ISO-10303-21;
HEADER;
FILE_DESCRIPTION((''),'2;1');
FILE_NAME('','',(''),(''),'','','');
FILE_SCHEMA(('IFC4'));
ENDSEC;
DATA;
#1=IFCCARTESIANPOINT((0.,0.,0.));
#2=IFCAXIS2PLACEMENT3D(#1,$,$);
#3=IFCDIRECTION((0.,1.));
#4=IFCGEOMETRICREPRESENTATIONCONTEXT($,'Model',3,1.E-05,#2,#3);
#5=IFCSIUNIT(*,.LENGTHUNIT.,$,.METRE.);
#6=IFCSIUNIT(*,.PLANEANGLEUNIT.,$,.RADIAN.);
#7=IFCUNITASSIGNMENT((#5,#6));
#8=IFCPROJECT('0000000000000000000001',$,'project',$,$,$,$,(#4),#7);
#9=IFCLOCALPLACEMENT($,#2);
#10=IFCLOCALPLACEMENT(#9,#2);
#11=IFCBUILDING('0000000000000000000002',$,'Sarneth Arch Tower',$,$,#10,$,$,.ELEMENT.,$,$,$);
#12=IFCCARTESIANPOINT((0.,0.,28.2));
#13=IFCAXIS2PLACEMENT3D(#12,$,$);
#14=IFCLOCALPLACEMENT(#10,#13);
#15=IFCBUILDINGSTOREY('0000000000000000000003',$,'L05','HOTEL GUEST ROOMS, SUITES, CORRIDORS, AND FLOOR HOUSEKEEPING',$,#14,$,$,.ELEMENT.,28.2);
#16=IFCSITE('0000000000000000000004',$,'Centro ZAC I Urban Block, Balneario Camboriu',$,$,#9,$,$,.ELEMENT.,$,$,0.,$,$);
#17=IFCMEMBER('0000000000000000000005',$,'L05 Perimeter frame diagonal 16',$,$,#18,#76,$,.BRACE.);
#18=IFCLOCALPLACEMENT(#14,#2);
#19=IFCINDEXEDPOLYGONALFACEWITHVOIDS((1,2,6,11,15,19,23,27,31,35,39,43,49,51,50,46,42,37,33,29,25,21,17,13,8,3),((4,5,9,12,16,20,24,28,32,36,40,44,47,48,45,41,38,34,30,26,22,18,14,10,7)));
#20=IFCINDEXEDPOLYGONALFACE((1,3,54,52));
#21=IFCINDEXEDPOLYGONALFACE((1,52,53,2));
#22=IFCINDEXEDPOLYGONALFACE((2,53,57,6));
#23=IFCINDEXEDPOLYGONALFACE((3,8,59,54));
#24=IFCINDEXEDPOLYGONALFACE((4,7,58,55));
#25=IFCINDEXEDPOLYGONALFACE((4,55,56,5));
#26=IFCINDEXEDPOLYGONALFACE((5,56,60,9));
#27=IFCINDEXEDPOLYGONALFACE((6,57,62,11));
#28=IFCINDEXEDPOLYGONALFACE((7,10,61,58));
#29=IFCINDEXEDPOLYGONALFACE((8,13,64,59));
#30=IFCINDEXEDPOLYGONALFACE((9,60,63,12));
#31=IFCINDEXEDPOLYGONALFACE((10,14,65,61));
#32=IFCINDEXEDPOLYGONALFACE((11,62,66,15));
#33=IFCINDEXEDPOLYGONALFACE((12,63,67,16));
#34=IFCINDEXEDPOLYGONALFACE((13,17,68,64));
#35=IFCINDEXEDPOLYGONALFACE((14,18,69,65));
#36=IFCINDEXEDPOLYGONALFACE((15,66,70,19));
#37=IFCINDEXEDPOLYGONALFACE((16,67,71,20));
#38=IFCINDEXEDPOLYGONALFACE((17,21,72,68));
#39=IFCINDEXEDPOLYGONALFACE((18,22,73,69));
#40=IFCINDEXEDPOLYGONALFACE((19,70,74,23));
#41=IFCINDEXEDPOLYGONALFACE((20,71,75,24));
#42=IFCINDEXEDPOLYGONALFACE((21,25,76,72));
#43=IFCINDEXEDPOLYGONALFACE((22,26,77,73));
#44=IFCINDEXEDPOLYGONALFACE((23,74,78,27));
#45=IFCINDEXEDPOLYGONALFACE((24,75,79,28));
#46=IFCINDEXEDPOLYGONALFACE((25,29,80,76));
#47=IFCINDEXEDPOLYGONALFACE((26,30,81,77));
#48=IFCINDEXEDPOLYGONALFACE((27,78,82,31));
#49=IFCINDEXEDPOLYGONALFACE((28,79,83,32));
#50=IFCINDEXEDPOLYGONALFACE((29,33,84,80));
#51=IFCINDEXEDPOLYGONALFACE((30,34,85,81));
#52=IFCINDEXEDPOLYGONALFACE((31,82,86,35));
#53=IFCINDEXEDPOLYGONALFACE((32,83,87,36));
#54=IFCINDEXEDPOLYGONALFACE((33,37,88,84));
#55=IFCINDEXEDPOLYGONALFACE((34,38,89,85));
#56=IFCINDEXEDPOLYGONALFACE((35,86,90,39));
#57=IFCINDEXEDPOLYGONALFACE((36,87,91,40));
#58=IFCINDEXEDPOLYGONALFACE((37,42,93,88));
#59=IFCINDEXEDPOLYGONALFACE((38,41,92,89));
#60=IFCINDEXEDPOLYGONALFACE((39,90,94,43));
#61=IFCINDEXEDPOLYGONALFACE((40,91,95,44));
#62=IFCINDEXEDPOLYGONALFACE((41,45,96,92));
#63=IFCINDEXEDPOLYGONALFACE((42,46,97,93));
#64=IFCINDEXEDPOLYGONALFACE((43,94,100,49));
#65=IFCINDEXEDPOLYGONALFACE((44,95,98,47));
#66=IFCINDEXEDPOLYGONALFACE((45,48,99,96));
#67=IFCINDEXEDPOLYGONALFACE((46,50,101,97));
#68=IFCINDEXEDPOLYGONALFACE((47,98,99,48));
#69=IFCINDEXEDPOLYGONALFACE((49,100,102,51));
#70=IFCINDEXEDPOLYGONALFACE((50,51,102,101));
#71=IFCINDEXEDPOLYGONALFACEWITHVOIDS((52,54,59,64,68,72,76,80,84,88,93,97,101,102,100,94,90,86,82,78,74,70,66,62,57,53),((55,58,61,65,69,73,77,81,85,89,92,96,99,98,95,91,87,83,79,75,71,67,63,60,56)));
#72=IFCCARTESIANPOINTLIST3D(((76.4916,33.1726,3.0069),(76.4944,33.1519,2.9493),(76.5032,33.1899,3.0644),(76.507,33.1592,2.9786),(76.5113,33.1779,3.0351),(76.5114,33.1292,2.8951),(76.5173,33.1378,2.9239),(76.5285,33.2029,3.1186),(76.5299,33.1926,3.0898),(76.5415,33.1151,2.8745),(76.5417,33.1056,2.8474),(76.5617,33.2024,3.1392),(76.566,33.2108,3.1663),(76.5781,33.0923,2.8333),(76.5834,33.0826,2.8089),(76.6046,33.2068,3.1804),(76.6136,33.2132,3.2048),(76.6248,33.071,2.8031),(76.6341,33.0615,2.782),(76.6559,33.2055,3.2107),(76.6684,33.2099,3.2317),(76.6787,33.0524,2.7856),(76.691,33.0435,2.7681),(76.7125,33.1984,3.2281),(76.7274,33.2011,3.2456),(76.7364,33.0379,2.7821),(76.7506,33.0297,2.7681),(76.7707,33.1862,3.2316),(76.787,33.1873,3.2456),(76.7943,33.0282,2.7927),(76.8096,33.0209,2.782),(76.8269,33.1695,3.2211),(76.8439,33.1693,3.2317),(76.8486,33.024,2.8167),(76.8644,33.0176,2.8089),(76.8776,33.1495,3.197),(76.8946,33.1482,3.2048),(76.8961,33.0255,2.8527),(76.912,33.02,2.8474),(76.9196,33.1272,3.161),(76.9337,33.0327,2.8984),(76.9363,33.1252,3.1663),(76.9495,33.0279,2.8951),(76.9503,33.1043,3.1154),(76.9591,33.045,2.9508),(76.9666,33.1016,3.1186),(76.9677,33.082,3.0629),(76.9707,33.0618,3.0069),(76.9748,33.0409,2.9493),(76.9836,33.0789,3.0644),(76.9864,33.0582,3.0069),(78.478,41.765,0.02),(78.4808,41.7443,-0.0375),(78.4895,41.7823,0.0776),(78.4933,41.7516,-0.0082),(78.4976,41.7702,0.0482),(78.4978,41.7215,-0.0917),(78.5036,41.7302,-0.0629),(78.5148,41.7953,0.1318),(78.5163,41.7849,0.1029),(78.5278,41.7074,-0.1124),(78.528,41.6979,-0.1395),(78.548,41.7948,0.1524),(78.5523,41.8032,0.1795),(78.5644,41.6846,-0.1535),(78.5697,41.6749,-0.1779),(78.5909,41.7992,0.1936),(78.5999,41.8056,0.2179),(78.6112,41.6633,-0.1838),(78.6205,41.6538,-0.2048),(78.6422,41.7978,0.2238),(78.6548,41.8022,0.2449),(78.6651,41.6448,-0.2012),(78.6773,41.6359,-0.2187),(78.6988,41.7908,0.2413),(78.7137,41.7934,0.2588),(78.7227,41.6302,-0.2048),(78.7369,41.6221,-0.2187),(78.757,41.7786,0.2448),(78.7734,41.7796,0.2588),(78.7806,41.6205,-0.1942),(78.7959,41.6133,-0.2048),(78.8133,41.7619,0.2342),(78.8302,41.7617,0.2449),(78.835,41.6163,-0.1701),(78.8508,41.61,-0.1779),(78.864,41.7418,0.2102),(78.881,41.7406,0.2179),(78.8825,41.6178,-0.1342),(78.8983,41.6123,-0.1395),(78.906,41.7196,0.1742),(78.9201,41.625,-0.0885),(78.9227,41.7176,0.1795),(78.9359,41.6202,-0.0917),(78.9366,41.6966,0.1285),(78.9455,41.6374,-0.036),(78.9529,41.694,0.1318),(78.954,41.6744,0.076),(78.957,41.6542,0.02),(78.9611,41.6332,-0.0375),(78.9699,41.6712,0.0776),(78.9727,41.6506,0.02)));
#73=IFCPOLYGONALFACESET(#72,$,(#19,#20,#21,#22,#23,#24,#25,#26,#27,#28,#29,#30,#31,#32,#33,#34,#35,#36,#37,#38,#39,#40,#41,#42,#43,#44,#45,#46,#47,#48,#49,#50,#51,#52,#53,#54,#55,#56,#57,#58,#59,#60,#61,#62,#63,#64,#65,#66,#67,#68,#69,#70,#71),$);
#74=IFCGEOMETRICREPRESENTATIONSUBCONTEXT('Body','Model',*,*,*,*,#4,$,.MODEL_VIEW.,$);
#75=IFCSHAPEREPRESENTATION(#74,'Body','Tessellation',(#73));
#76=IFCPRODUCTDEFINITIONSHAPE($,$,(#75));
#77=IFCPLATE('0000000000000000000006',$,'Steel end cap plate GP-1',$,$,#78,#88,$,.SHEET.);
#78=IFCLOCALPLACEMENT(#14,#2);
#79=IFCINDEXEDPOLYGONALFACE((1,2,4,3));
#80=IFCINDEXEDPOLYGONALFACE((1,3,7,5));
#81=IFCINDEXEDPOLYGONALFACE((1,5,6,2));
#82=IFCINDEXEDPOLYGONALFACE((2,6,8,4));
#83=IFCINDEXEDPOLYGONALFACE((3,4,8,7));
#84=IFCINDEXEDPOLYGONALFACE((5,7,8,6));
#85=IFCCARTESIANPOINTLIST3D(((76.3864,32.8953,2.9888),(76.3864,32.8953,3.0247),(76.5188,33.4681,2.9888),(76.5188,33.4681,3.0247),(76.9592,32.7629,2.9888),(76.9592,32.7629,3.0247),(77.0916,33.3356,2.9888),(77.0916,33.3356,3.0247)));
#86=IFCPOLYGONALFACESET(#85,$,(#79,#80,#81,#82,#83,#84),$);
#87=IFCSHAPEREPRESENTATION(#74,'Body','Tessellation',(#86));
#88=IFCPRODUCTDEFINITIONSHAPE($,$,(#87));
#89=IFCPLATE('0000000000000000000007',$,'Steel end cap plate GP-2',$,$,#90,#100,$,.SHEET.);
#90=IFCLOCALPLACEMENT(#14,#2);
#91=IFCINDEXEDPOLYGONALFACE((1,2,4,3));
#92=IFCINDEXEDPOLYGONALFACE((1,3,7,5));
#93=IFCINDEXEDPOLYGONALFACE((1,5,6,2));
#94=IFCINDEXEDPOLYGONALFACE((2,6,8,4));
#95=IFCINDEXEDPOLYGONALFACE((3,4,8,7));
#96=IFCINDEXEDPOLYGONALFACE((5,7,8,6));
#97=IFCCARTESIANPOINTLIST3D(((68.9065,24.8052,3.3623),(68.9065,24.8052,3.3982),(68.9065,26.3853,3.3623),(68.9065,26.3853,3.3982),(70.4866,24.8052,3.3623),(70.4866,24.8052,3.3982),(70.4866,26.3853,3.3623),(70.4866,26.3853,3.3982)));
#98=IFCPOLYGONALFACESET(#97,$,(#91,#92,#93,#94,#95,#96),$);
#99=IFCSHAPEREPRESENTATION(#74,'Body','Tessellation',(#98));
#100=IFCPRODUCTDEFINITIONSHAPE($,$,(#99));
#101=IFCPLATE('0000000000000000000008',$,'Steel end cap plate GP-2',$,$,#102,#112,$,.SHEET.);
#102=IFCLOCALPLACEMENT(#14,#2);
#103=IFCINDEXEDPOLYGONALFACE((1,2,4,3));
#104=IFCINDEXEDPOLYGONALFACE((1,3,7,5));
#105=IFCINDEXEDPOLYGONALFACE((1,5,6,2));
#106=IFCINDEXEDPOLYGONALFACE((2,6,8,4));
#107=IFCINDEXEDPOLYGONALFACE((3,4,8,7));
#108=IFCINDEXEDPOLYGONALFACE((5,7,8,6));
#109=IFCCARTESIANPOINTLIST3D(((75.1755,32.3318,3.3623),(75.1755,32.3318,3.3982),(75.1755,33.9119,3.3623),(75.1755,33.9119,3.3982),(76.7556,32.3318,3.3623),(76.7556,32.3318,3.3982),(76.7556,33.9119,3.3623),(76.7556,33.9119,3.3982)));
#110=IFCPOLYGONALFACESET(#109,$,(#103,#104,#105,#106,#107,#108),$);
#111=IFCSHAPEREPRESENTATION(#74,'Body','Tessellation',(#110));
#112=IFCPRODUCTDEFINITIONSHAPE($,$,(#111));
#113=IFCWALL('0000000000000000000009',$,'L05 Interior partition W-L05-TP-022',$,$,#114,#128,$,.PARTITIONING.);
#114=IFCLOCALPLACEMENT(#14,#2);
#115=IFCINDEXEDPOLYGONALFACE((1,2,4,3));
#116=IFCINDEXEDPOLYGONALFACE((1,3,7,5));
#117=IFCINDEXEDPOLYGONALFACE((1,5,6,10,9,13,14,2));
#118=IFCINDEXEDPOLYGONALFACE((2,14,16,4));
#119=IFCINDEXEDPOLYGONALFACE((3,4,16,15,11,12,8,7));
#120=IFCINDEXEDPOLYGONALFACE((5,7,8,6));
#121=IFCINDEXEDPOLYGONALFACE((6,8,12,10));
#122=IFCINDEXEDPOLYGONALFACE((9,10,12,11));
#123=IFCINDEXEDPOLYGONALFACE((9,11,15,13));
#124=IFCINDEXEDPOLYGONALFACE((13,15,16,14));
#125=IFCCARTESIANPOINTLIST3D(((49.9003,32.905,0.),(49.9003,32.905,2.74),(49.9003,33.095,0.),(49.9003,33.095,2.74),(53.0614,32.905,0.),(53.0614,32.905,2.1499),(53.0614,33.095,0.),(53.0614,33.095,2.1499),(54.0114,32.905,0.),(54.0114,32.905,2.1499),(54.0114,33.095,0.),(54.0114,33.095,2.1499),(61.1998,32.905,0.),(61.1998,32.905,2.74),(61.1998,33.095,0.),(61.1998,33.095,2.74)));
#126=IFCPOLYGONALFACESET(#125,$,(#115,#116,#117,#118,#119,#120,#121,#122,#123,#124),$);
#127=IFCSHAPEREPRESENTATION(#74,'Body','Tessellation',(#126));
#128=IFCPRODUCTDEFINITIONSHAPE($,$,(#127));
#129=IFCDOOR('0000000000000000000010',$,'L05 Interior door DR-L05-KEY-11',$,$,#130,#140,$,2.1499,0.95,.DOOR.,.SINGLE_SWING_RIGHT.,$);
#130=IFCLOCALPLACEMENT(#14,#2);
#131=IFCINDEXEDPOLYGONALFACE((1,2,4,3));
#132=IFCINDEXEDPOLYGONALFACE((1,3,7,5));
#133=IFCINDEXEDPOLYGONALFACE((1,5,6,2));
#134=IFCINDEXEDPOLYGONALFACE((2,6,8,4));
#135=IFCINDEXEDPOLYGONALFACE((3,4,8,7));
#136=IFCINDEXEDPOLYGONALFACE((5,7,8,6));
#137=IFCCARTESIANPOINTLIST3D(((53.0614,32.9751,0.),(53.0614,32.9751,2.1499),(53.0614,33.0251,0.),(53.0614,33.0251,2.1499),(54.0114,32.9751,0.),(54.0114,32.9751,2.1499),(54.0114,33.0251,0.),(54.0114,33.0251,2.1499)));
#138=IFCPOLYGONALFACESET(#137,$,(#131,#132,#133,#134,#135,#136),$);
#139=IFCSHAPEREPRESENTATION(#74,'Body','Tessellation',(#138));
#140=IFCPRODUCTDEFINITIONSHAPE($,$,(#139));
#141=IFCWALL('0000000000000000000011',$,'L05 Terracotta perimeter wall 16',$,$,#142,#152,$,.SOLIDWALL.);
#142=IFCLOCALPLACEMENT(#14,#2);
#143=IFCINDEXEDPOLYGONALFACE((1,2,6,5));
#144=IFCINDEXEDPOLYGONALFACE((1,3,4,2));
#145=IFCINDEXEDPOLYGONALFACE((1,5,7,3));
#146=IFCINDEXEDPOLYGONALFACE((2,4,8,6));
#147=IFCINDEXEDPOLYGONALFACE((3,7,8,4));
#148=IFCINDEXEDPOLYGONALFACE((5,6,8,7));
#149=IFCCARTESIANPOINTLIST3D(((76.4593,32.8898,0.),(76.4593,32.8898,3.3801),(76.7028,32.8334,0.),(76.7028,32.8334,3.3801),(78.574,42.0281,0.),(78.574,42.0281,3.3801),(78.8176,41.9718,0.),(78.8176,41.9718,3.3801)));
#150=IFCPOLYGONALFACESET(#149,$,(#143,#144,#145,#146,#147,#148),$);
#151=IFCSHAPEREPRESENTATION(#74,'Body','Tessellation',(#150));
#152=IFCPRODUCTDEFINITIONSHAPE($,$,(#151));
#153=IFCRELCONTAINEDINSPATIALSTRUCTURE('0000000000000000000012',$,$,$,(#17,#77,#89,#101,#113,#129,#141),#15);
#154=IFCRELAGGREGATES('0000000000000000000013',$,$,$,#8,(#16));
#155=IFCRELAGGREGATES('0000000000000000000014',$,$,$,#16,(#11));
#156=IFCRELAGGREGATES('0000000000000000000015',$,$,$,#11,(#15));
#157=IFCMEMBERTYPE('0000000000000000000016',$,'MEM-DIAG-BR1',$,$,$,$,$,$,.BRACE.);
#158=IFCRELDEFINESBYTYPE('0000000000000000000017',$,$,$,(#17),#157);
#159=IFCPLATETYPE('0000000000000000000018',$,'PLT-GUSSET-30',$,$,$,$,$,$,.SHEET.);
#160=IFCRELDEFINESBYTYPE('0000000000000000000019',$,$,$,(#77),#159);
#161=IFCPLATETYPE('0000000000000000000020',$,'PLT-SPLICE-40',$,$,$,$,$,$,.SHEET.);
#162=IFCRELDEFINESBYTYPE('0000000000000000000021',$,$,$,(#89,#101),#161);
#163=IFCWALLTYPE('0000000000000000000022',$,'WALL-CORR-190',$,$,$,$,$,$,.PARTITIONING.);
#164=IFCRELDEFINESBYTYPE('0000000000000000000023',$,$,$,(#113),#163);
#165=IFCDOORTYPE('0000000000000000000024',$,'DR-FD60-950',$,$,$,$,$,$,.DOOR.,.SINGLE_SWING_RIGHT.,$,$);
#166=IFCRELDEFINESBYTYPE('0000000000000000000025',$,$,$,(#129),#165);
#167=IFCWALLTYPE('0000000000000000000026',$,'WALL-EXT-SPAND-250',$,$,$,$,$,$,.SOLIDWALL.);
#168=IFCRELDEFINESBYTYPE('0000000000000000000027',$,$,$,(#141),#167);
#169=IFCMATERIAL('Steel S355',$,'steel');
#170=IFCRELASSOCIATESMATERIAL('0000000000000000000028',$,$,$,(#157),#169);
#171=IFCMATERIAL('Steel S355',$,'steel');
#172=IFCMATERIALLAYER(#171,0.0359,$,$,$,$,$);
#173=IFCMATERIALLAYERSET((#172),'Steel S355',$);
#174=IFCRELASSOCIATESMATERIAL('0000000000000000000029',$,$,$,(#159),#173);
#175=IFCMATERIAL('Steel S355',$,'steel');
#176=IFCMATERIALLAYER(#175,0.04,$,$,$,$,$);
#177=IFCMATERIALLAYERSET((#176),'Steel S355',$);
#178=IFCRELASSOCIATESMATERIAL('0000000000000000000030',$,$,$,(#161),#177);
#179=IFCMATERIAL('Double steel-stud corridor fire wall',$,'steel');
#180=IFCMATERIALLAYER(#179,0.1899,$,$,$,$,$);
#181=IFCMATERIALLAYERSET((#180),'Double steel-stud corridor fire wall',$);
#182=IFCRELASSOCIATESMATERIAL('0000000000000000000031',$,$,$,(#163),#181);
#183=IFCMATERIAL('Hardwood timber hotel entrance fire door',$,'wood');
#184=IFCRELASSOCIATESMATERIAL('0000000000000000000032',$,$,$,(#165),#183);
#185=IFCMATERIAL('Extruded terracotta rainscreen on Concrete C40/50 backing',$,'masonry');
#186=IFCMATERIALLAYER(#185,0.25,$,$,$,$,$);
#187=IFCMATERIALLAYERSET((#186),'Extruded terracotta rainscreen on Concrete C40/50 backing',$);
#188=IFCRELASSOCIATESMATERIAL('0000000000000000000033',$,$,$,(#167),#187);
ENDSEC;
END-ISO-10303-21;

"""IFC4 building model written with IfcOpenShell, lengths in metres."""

from ifc_helpers import new_model, si_unit, direction, frame, frame_2d, origin, origin_2d, place, context, subcontext, project, spatial, rectangle, hollow_circle, extrude, material, layer, layer_set, material_profile, profile_set, type_object, element, fill, save


model = new_model("IFC4")

# Units and contexts
model_context = context("Model", 3, precision=1e-05, world=origin(), true_north=direction((0.0, 1.0)))
body_context = subcontext(model_context, "Body", "Model", "MODEL_VIEW")
ifc_project = project(units=[si_unit("LENGTHUNIT", "METRE"), si_unit("PLANEANGLEUNIT", "RADIAN")], contexts=[model_context])

# Site, building, storey
site_placement = place(None, origin())
site = spatial("IfcSite", under=ifc_project, at=site_placement, Name="Centro ZAC I Urban Block, Balneario Camboriu", CompositionType="ELEMENT", RefElevation=0.0)
building_placement = place(site_placement, origin())
building = spatial("IfcBuilding", under=site, at=building_placement, Name="Sarneth Arch Tower", CompositionType="ELEMENT")
storey_placement = place(building_placement, frame((0.0, 0.0, 28.2)))
storey = spatial("IfcBuildingStorey", under=building, at=storey_placement, Name="L05", Description="HOTEL GUEST ROOMS, SUITES, CORRIDORS, AND FLOOR HOUSEKEEPING", CompositionType="ELEMENT", Elevation=28.2)

# Member
ifc_material_1 = material(Name="Steel S355", Category="steel")
ifc_material_profile_1 = material_profile(ifc_material_1, hollow_circle(Radius=0.2539, WallThickness=0.0161, at=origin_2d()), Name="CHS508x16")
ifc_profile_set_1 = profile_set([ifc_material_profile_1], Name="Steel S355")
member_type_1 = type_object("IfcMemberType", Name="MEM-DIAG-BR1", PredefinedType="BRACE", material=ifc_profile_set_1)
member_1_placement = place(storey_placement, frame((78.7253, 41.7078, 0.02), z_axis=(-0.213332, -0.922814, 0.320785), x_axis=(0.974304, -0.225236, 0.0)))
element("IfcMember", 1, at=member_1_placement, inside=storey, type_object=member_type_1, Name="L05 Perimeter frame diagonal 16", PredefinedType="BRACE", context=body_context, shape_type="SweptSolid", body=[
    extrude(hollow_circle(Radius=0.2539, WallThickness=0.0161, at=origin_2d()), origin(), (0.0, 0.0, 1.0), 9.311),
])

# Plates
ifc_material_2 = material(Name="Steel S355", Category="steel")
ifc_layer_1 = layer(ifc_material_2, 0.0359)
ifc_layer_set_1 = layer_set([ifc_layer_1], Name="Steel S355")
plate_type_1 = type_object("IfcPlateType", Name="PLT-GUSSET-30", PredefinedType="SHEET", material=ifc_layer_set_1)
plate_placement = place(storey_placement, frame((76.739, 33.1155, 2.9888), z_axis=(0.0, 0.0, 1.0), x_axis=(0.225291, 0.974291, 0.0)))
element("IfcPlate", 2, at=plate_placement, inside=storey, type_object=plate_type_1, Name="Steel end cap plate GP-1", PredefinedType="SHEET", context=body_context, shape_type="SweptSolid", body=[
    extrude(rectangle(XDim=0.5879, YDim=0.5879, at=origin_2d()), origin(), (0.0, 0.0, 1.0), 0.0359),
])
ifc_material_3 = material(Name="Steel S355", Category="steel")
ifc_layer_2 = layer(ifc_material_3, 0.04)
ifc_layer_set_2 = layer_set([ifc_layer_2], Name="Steel S355")
plate_type_2 = type_object("IfcPlateType", Name="PLT-SPLICE-40", PredefinedType="SHEET", material=ifc_layer_set_2)
for number, where, z_axis, x_axis, name in (
    (3, (69.6965, 25.5952, 3.3623), (0.0, 0.0, 1.0), (1.0, 0.0, 0.0), "Steel end cap plate GP-2"),
    (4, (75.9656, 33.1218, 3.3623), (0.0, 0.0, 1.0), (1.0, 0.0, 0.0), "Steel end cap plate GP-2"),
):
    element("IfcPlate", number, at=place(storey_placement, frame(where, z_axis=z_axis, x_axis=x_axis)), inside=storey, type_object=plate_type_2, Name=name, PredefinedType="SHEET", context=body_context, shape_type="SweptSolid", body=[
        extrude(rectangle(XDim=1.5801, YDim=1.5801, at=origin_2d()), origin(), (0.0, 0.0, 1.0), 0.0359),
    ])

# Wall, opening, door
ifc_material_4 = material(Name="Double steel-stud corridor fire wall", Category="steel")
ifc_layer_3 = layer(ifc_material_4, 0.1899)
ifc_layer_set_3 = layer_set([ifc_layer_3], Name="Double steel-stud corridor fire wall")
wall_type_1 = type_object("IfcWallType", Name="WALL-CORR-190", PredefinedType="PARTITIONING", material=ifc_layer_set_3)
wall_1_placement = place(storey_placement, frame((61.2, 33.0, 0.0), z_axis=(0.0, 0.0, 1.0), x_axis=(-1.0, 0.0, 0.0)))
wall_1 = element("IfcWall", 5, at=wall_1_placement, inside=storey, type_object=wall_type_1, Name="L05 Interior partition W-L05-TP-022", PredefinedType="PARTITIONING", context=body_context, shape_type="SweptSolid", body=[
    extrude(rectangle(XDim=11.2996, YDim=0.1899, at=frame_2d((5.6499, 0.0))), origin(), (0.0, 0.0, 1.0), 2.74),
])
opening_1_placement = place(wall_1_placement, frame((7.1885, 0.0, 0.0)))
opening_1 = element("IfcOpeningElement", 6, at=opening_1_placement, cuts=wall_1, PredefinedType="OPENING", context=body_context, shape_type="SweptSolid", body=[
    extrude(rectangle(XDim=0.95, YDim=2.1499, at=frame_2d((0.4751, 1.075))), frame((0.0, 0.105, 0.0), z_axis=(0.0, -1.0, 0.0), x_axis=(1.0, 0.0, 0.0)), (0.0, 0.0, 1.0), 0.21),
])
ifc_material_5 = material(Name="Hardwood timber hotel entrance fire door", Category="wood")
door_type_1 = type_object("IfcDoorType", Name="DR-FD60-950", OperationType="SINGLE_SWING_RIGHT", PredefinedType="DOOR", material=ifc_material_5)
door_1_placement = place(opening_1_placement, origin())
door_1 = element("IfcDoor", 7, at=door_1_placement, inside=storey, type_object=door_type_1, Name="L05 Interior door DR-L05-KEY-11", OperationType="SINGLE_SWING_RIGHT", OverallHeight=2.1499, OverallWidth=0.95, PredefinedType="DOOR", context=body_context, shape_type="SweptSolid", body=[
    extrude(rectangle(XDim=0.95, YDim=2.1499, at=frame_2d((0.4751, 1.075))), frame((0.0, 0.0249, 0.0), z_axis=(0.0, -1.0, 0.0), x_axis=(1.0, 0.0, 0.0)), (0.0, 0.0, 1.0), 0.05),
])
fill(opening_1, door_1)

# Wall
ifc_material_6 = material(Name="Extruded terracotta rainscreen on Concrete C40/50 backing", Category="masonry")
ifc_layer_4 = layer(ifc_material_6, 0.25)
ifc_layer_set_4 = layer_set([ifc_layer_4], Name="Extruded terracotta rainscreen on Concrete C40/50 backing")
wall_type_2 = type_object("IfcWallType", Name="WALL-EXT-SPAND-250", PredefinedType="SOLIDWALL", material=ifc_layer_set_4)
wall_2_placement = place(storey_placement, frame((76.5811, 32.8616, 0.0), z_axis=(0.0, 0.0, 1.0), x_axis=(0.225454, 0.974254, 0.0)))
element("IfcWall", 8, at=wall_2_placement, inside=storey, type_object=wall_type_2, Name="L05 Terracotta perimeter wall 16", PredefinedType="SOLIDWALL", context=body_context, shape_type="SweptSolid", body=[
    extrude(rectangle(XDim=9.3799, YDim=0.25, at=frame_2d((4.6899, 0.0))), origin(), (0.0, 0.0, 1.0), 3.3801),
])

save(model, "model.ifc")
